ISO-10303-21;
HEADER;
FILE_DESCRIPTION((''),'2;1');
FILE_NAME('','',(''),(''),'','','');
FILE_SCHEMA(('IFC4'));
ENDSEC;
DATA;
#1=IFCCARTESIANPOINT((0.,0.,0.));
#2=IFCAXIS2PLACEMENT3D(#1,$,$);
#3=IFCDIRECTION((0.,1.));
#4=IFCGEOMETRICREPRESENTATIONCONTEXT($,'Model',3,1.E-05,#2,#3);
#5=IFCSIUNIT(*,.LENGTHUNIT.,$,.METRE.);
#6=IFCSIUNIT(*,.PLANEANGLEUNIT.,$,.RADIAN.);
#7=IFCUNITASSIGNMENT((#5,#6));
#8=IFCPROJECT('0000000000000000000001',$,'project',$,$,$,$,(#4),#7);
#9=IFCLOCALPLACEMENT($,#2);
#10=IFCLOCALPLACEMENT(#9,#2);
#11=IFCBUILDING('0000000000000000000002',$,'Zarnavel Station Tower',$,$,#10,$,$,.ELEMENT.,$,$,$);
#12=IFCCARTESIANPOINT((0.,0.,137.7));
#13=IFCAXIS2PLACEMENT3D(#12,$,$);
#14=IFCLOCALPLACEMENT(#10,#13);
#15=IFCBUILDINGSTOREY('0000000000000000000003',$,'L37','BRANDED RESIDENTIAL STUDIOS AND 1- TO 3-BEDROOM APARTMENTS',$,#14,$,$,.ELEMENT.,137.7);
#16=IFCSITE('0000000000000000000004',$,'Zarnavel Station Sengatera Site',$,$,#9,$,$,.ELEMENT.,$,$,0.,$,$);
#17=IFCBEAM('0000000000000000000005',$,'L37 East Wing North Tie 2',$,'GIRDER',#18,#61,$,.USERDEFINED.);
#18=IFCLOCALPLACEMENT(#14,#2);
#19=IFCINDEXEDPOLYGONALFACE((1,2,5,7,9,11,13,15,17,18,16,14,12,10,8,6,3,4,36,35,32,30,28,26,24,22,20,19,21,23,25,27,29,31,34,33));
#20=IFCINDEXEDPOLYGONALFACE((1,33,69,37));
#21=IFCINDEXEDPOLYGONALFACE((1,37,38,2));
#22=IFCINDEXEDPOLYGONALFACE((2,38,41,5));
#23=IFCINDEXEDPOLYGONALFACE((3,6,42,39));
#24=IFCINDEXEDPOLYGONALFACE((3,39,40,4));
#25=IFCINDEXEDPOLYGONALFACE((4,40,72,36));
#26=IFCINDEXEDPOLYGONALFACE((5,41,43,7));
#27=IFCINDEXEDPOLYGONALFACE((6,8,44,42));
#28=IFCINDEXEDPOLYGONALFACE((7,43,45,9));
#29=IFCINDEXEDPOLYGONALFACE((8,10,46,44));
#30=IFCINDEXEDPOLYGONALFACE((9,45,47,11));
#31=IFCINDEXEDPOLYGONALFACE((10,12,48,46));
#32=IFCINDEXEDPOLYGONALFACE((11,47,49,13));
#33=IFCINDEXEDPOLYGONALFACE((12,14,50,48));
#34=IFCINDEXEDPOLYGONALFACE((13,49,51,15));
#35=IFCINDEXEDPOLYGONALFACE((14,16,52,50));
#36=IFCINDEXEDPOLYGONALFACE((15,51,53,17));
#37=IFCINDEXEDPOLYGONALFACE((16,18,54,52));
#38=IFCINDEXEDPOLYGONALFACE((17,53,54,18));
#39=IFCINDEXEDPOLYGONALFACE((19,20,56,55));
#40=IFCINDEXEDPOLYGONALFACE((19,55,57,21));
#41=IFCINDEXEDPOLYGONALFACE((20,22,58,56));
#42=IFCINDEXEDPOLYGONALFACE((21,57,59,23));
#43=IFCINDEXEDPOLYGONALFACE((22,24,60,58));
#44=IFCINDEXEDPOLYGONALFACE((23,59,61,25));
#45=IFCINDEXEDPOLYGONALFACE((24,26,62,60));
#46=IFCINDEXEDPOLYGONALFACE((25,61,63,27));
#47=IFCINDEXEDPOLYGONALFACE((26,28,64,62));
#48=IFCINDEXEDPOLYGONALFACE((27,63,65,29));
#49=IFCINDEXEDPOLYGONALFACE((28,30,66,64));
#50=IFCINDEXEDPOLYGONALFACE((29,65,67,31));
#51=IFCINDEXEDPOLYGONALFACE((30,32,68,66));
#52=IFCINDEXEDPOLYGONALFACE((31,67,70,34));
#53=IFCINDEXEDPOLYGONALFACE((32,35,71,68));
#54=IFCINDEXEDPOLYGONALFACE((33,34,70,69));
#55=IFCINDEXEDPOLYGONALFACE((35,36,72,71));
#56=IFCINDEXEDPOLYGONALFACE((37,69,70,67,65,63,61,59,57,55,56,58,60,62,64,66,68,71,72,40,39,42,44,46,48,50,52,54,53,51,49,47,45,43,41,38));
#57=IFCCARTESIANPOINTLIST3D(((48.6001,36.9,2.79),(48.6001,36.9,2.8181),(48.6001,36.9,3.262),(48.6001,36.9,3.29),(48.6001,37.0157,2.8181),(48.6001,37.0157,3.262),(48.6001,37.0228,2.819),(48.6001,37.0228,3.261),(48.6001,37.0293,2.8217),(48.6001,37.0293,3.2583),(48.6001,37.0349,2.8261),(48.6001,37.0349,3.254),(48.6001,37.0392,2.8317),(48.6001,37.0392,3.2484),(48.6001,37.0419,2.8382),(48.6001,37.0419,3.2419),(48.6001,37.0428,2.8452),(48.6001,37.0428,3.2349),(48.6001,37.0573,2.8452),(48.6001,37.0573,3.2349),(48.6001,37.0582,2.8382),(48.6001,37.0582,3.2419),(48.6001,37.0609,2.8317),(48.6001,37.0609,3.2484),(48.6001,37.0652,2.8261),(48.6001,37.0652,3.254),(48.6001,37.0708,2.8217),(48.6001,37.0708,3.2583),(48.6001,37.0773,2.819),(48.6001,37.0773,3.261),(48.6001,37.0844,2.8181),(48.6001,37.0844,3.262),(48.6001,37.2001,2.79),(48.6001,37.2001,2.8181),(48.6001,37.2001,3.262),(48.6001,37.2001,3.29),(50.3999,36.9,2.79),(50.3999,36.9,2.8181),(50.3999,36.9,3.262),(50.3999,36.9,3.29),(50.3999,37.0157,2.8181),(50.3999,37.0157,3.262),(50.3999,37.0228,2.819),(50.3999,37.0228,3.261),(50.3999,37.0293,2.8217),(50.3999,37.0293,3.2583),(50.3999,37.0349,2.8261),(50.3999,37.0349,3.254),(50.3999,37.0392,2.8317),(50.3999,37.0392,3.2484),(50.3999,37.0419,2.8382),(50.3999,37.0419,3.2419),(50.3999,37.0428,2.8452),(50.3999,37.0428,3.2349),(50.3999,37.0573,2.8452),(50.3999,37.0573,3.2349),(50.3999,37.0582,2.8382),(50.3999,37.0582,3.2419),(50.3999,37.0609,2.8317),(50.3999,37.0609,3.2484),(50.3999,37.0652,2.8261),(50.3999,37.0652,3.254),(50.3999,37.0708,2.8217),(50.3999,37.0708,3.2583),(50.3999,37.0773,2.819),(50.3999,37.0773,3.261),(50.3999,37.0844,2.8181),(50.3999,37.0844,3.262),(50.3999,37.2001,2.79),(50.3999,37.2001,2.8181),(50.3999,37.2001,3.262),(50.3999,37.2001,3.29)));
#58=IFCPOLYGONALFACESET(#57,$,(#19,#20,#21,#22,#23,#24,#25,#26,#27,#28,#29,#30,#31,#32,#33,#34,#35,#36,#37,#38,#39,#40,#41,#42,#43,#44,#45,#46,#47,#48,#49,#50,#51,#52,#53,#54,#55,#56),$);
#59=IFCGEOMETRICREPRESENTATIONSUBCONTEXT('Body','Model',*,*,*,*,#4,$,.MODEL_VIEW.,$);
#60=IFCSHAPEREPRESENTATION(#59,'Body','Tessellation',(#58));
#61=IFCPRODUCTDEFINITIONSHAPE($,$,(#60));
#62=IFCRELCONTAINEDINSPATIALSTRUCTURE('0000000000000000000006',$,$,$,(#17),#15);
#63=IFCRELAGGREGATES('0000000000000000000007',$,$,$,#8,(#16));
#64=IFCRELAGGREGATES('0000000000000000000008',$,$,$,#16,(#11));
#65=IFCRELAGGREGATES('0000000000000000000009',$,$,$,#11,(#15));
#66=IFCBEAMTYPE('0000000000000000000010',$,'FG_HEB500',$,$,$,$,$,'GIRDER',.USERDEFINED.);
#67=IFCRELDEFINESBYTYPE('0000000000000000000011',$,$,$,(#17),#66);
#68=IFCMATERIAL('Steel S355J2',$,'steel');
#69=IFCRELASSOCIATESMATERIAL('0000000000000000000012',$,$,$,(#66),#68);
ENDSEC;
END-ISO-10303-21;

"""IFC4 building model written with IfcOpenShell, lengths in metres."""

from ifc_helpers import new_model, si_unit, direction, frame, origin, origin_2d, place, context, subcontext, project, spatial, i_section, extrude, material, material_profile, profile_set, type_object, element, save


model = new_model("IFC4")

# Units and contexts
model_context = context("Model", 3, precision=1e-05, world=origin(), true_north=direction((0.0, 1.0)))
body_context = subcontext(model_context, "Body", "Model", "MODEL_VIEW")
ifc_project = project(units=[si_unit("LENGTHUNIT", "METRE"), si_unit("PLANEANGLEUNIT", "RADIAN")], contexts=[model_context])

# Site, building, storey
site_placement = place(None, origin())
site = spatial("IfcSite", under=ifc_project, at=site_placement, Name="Zarnavel Station Sengatera Site", CompositionType="ELEMENT", RefElevation=0.0)
building_placement = place(site_placement, origin())
building = spatial("IfcBuilding", under=site, at=building_placement, Name="Zarnavel Station Tower", CompositionType="ELEMENT")
storey_placement = place(building_placement, frame((0.0, 0.0, 137.7)))
storey = spatial("IfcBuildingStorey", under=building, at=storey_placement, Name="L37", Description="BRANDED RESIDENTIAL STUDIOS AND 1- TO 3-BEDROOM APARTMENTS", CompositionType="ELEMENT", Elevation=137.7)

# Beam
ifc_material_1 = material(Name="Steel S355J2", Category="steel")
ifc_material_profile_1 = material_profile(ifc_material_1, i_section(OverallWidth=0.3, OverallDepth=0.5, WebThickness=0.0144, FlangeThickness=0.0281, FilletRadius=0.0271, at=origin_2d()), Name="HEB500")
ifc_profile_set_1 = profile_set([ifc_material_profile_1], Name="Steel S355J2")
beam_type = type_object("IfcBeamType", Name="FG_HEB500", ElementType="GIRDER", PredefinedType="USERDEFINED", material=ifc_profile_set_1)
beam_1_placement = place(storey_placement, frame((48.6001, 37.05, 3.04), z_axis=(1.0, 0.0, 0.0), x_axis=(0.0, 1.0, 0.0)))
element("IfcBeam", 1, at=beam_1_placement, inside=storey, type_object=beam_type, Name="L37 East Wing North Tie 2", ObjectType="GIRDER", PredefinedType="USERDEFINED", context=body_context, shape_type="SweptSolid", body=[
    extrude(i_section(OverallWidth=0.3, OverallDepth=0.5, WebThickness=0.0144, FlangeThickness=0.0281, FilletRadius=0.0271, at=origin_2d()), origin(), (0.0, 0.0, 1.0), 1.7998),
])

save(model, "model.ifc")
